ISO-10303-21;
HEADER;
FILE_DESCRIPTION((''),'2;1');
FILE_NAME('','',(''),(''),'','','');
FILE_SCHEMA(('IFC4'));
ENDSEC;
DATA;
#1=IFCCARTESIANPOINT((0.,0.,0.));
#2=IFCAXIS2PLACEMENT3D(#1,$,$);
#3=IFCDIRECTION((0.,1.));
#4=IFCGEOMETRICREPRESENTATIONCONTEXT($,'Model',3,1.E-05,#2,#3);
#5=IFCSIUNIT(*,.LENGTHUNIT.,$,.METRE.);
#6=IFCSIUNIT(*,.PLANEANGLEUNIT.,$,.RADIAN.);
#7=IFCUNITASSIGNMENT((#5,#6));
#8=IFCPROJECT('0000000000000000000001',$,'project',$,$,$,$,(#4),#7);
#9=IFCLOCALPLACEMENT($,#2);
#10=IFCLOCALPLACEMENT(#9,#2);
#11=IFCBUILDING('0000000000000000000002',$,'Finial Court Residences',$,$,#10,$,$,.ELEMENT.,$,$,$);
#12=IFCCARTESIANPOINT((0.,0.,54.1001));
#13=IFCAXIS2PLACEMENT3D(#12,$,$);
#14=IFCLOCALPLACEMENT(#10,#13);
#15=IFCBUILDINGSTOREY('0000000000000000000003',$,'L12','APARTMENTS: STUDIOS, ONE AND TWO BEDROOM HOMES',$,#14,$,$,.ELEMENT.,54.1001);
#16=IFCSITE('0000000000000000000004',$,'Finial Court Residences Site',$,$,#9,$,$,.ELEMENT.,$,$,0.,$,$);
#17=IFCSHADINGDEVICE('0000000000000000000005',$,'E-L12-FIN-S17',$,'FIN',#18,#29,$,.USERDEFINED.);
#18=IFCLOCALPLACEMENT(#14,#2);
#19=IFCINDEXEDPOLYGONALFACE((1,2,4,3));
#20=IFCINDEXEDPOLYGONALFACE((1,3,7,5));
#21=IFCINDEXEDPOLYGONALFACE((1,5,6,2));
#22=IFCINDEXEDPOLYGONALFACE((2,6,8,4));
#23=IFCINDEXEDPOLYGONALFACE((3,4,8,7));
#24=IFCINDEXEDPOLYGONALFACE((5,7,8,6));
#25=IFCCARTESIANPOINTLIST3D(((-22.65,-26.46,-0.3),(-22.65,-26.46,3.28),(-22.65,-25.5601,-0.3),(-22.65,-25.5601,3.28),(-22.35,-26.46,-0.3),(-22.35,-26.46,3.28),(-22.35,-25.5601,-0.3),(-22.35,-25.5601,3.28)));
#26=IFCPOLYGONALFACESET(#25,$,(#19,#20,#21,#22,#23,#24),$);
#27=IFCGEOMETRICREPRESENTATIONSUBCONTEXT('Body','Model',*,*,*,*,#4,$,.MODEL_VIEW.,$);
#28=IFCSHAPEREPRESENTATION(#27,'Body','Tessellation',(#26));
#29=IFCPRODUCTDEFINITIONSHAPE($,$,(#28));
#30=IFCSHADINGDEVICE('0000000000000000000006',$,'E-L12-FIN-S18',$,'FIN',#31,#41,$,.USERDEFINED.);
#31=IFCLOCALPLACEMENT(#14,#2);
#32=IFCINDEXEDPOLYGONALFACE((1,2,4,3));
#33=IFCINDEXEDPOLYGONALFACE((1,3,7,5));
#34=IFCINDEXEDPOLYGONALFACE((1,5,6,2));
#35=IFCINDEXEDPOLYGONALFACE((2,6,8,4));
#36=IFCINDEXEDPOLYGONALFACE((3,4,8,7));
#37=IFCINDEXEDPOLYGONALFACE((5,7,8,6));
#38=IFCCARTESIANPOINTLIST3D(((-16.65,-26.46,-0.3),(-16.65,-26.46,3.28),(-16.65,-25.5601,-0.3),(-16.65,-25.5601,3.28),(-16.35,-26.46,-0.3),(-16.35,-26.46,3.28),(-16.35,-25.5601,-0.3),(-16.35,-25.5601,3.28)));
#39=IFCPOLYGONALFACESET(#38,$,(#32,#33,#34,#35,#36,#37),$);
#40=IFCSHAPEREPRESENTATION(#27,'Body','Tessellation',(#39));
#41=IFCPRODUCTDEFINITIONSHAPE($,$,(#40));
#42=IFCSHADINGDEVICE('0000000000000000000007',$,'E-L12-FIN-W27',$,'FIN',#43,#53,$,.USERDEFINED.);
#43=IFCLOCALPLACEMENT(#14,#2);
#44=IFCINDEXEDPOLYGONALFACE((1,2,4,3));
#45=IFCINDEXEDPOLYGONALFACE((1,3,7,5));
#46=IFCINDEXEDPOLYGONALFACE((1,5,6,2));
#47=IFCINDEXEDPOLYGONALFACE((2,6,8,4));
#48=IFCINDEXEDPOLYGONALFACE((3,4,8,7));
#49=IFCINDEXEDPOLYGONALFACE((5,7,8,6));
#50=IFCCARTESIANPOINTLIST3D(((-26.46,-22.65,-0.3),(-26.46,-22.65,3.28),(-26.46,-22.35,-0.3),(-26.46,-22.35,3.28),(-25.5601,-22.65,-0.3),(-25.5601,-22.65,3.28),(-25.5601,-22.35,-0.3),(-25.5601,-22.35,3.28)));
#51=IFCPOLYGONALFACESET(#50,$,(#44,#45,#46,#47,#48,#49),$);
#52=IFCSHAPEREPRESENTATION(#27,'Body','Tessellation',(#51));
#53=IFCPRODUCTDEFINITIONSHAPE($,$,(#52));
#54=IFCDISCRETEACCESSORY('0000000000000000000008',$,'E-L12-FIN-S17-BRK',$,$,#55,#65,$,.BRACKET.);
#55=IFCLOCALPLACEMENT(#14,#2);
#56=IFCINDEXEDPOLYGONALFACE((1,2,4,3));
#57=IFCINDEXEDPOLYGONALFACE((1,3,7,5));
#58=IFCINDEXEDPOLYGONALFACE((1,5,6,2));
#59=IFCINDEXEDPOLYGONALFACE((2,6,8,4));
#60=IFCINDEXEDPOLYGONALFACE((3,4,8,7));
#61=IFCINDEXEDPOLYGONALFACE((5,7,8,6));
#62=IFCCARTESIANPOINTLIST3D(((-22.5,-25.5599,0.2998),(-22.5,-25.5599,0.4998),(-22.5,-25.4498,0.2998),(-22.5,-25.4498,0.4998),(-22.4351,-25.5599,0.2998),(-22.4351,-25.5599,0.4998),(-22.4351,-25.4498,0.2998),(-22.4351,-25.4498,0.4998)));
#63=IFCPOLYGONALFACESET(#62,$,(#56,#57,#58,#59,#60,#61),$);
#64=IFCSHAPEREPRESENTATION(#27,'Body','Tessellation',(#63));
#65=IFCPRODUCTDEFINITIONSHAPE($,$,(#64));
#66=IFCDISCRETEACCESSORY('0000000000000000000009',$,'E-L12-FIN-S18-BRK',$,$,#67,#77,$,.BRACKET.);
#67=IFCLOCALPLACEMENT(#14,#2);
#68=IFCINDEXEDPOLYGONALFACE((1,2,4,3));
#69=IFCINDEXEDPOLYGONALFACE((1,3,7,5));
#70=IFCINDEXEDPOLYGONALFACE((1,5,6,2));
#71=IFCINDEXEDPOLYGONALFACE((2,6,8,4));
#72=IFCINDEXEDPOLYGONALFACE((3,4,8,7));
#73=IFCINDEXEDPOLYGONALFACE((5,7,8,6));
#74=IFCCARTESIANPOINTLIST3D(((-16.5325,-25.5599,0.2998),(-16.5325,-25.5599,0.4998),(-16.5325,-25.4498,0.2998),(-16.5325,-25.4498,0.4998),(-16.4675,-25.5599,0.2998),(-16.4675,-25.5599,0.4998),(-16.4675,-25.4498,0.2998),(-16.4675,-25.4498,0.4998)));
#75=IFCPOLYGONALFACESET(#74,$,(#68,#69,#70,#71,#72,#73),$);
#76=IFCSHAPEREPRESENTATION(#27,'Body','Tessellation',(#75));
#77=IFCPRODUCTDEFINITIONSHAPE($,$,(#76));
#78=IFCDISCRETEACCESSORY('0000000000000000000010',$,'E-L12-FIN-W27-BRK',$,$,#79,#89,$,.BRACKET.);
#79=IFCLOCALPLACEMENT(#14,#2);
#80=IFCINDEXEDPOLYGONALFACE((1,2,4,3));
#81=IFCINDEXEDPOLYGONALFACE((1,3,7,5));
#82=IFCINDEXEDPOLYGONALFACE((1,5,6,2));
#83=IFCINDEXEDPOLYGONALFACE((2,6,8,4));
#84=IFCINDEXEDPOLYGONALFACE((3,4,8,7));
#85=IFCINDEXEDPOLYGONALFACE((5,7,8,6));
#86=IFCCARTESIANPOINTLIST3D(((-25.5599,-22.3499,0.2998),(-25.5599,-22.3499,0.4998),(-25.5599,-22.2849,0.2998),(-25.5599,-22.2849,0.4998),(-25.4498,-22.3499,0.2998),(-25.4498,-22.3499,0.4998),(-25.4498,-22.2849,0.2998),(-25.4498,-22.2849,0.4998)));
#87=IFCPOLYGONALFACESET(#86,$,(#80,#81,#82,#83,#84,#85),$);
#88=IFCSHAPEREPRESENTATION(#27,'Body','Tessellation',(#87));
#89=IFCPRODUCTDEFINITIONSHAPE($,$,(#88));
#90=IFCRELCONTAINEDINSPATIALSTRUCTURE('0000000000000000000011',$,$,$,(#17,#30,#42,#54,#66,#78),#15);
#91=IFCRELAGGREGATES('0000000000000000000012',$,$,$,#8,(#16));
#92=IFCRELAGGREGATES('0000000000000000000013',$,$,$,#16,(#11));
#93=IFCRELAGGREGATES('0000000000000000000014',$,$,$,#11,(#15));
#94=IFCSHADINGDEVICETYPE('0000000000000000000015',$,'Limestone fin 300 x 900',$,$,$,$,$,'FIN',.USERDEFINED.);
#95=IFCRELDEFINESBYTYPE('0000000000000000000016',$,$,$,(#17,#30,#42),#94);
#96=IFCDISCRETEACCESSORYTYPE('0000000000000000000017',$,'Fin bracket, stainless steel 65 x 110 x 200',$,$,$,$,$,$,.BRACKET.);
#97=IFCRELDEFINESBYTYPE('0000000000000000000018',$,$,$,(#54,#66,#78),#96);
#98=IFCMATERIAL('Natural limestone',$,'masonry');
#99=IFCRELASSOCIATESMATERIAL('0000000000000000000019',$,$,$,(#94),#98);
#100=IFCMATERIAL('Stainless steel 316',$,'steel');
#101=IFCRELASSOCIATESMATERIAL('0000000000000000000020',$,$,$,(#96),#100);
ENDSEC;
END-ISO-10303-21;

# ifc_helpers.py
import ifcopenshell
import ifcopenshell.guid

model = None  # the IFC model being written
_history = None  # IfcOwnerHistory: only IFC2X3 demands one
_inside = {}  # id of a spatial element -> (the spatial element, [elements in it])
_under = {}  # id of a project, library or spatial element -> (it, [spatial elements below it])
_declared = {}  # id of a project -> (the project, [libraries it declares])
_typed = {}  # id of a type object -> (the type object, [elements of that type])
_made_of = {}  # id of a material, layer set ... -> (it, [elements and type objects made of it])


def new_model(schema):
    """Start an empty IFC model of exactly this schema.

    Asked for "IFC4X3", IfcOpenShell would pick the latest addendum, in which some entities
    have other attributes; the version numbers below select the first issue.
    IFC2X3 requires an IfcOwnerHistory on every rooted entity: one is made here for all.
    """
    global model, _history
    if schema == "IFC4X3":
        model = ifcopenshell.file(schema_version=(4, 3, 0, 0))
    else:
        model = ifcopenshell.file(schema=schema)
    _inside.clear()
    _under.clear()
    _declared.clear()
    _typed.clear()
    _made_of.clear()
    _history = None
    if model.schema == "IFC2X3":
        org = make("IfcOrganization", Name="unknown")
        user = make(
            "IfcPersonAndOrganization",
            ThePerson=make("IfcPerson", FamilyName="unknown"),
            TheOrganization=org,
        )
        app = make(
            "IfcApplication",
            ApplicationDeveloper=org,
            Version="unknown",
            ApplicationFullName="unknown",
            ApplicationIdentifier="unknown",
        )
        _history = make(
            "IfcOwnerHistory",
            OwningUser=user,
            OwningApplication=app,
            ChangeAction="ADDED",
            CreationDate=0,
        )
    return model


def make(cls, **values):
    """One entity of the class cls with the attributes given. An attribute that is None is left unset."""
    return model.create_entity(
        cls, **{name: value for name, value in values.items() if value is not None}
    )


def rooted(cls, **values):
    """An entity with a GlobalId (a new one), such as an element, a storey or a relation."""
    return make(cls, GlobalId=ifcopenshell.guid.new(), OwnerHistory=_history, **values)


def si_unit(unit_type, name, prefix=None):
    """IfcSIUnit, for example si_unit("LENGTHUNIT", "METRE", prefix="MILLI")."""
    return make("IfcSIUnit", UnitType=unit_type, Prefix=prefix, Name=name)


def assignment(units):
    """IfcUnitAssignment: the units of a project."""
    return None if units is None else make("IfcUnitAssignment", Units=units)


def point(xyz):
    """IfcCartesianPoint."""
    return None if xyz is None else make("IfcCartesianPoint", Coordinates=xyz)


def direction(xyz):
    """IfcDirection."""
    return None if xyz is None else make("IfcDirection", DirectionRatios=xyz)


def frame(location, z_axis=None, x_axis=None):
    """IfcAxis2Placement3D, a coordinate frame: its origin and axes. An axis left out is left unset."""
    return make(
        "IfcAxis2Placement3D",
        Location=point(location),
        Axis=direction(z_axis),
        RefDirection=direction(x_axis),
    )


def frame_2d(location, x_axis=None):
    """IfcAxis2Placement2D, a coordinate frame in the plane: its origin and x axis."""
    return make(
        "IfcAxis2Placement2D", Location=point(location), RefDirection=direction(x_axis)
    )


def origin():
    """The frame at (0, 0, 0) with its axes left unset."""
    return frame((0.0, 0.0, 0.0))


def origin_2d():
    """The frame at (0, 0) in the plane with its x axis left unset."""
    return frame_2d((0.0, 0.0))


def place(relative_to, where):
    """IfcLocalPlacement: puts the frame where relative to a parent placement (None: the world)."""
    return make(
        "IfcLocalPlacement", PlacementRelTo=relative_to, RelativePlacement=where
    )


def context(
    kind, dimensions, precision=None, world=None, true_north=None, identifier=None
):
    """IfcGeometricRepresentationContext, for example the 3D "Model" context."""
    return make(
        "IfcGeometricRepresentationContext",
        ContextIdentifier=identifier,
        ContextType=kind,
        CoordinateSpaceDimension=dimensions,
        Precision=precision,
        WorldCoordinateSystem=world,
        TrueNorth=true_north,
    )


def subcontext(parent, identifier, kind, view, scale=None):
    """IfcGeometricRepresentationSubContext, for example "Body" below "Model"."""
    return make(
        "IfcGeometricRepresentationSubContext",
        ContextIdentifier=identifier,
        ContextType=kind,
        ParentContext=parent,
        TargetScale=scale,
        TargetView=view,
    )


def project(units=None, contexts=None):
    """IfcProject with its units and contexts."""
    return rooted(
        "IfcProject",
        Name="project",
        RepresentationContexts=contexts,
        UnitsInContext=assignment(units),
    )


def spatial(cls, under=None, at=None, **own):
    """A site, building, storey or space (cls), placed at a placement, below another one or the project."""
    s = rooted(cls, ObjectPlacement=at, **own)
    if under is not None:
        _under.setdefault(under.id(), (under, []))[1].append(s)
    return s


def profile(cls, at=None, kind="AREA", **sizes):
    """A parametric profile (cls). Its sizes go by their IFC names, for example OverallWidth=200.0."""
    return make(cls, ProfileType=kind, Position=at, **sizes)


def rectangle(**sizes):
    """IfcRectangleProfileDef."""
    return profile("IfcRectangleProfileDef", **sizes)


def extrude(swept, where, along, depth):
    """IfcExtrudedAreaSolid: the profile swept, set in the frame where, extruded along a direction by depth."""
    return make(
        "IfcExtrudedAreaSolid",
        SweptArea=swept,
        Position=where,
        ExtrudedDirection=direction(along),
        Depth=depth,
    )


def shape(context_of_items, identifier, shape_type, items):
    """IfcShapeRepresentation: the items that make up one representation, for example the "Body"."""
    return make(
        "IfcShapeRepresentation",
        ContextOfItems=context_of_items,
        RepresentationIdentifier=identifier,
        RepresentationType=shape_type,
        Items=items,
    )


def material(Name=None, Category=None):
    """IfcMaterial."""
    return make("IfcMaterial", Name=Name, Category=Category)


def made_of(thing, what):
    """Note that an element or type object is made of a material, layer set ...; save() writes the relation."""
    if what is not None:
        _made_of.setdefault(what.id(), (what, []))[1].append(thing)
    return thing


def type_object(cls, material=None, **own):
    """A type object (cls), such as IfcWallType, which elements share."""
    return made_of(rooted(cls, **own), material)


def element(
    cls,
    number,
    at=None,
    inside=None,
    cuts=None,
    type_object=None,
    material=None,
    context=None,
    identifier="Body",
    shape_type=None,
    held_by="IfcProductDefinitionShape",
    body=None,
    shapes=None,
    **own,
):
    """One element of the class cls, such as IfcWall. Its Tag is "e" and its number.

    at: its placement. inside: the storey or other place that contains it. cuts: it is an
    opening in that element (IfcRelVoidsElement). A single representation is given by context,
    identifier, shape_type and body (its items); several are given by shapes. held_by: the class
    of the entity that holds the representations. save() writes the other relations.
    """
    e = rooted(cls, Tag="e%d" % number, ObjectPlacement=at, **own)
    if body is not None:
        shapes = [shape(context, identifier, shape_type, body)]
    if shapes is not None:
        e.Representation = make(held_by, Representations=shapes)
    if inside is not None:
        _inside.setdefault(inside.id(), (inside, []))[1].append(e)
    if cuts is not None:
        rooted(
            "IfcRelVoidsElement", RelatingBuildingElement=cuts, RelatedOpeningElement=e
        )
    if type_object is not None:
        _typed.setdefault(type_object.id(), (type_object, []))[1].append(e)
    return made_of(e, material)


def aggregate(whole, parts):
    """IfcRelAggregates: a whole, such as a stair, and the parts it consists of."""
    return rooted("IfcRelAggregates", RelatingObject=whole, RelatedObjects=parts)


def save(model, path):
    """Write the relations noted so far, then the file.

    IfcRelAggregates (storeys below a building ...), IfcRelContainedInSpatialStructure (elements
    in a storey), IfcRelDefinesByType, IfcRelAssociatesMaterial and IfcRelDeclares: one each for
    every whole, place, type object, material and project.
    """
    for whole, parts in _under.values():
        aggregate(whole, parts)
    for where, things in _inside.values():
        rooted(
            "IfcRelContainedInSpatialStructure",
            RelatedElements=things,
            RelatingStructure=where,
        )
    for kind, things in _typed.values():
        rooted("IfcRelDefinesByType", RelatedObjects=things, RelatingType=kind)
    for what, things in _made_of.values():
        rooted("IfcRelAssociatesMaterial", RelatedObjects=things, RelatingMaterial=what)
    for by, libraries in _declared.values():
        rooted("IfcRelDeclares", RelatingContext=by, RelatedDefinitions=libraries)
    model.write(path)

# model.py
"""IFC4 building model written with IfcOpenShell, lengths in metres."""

from ifc_helpers import new_model, si_unit, direction, frame, origin, origin_2d, place, context, subcontext, project, spatial, rectangle, extrude, material, type_object, element, save


model = new_model("IFC4")

# Units and contexts
model_context = context("Model", 3, precision=1e-05, world=origin(), true_north=direction((0.0, 1.0)))
body_context = subcontext(model_context, "Body", "Model", "MODEL_VIEW")
ifc_project = project(units=[si_unit("LENGTHUNIT", "METRE"), si_unit("PLANEANGLEUNIT", "RADIAN")], contexts=[model_context])

# Site, building, storey
site_placement = place(None, origin())
site = spatial("IfcSite", under=ifc_project, at=site_placement, Name="Finial Court Residences Site", CompositionType="ELEMENT", RefElevation=0.0)
building_placement = place(site_placement, origin())
building = spatial("IfcBuilding", under=site, at=building_placement, Name="Finial Court Residences", CompositionType="ELEMENT")
storey_placement = place(building_placement, frame((0.0, 0.0, 54.1001)))
storey = spatial("IfcBuildingStorey", under=building, at=storey_placement, Name="L12", Description="APARTMENTS: STUDIOS, ONE AND TWO BEDROOM HOMES", CompositionType="ELEMENT", Elevation=54.1001)

# Shared definitions
ifc_material_1 = material(Name="Natural limestone", Category="masonry")

# Shading devices
shading_device_type = type_object("IfcShadingDeviceType", Name="Limestone fin 300 x 900", ElementType="FIN", PredefinedType="USERDEFINED", material=ifc_material_1)
for number, where, z_axis, x_axis, name in (
    (1, (-22.5, -26.01, -0.3), (0.0, 0.0, 1.0), (1.0, 0.0, 0.0), "E-L12-FIN-S17"),
    (2, (-16.5, -26.01, -0.3), (0.0, 0.0, 1.0), (1.0, 0.0, 0.0), "E-L12-FIN-S18"),
):
    element("IfcShadingDevice", number, at=place(storey_placement, frame(where, z_axis=z_axis, x_axis=x_axis)), inside=storey, type_object=shading_device_type, Name=name, ObjectType="FIN", PredefinedType="USERDEFINED", context=body_context, shape_type="SweptSolid", body=[
        extrude(rectangle(XDim=0.3, YDim=0.8999, at=origin_2d()), origin(), (0.0, 0.0, 1.0), 3.5801),
    ])
shading_device_placement = place(storey_placement, frame((-26.01, -22.5, -0.3), z_axis=(0.0, 0.0, 1.0), x_axis=(1.0, 0.0, 0.0)))
element("IfcShadingDevice", 3, at=shading_device_placement, inside=storey, type_object=shading_device_type, Name="E-L12-FIN-W27", ObjectType="FIN", PredefinedType="USERDEFINED", context=body_context, shape_type="SweptSolid", body=[
    extrude(rectangle(XDim=0.8999, YDim=0.3, at=origin_2d()), origin(), (0.0, 0.0, 1.0), 3.5801),
])

# Discrete accessories
ifc_material_2 = material(Name="Stainless steel 316", Category="steel")
discrete_accessory_type = type_object("IfcDiscreteAccessoryType", Name="Fin bracket, stainless steel 65 x 110 x 200", PredefinedType="BRACKET", material=ifc_material_2)
for number, where, z_axis, x_axis, name in (
    (4, (-22.4675, -25.5049, 0.2998), (0.0, 0.0, 1.0), (1.0, 0.0, 0.0), "E-L12-FIN-S17-BRK"),
    (5, (-16.5, -25.5049, 0.2998), (0.0, 0.0, 1.0), (1.0, 0.0, 0.0), "E-L12-FIN-S18-BRK"),
):
    element("IfcDiscreteAccessory", number, at=place(storey_placement, frame(where, z_axis=z_axis, x_axis=x_axis)), inside=storey, type_object=discrete_accessory_type, Name=name, PredefinedType="BRACKET", context=body_context, shape_type="SweptSolid", body=[
        extrude(rectangle(XDim=0.0649, YDim=0.1101, at=origin_2d()), origin(), (0.0, 0.0, 1.0), 0.2),
    ])
discrete_accessory_placement = place(storey_placement, frame((-25.5049, -22.3174, 0.2998), z_axis=(0.0, 0.0, 1.0), x_axis=(1.0, 0.0, 0.0)))
element("IfcDiscreteAccessory", 6, at=discrete_accessory_placement, inside=storey, type_object=discrete_accessory_type, Name="E-L12-FIN-W27-BRK", PredefinedType="BRACKET", context=body_context, shape_type="SweptSolid", body=[
    extrude(rectangle(XDim=0.1101, YDim=0.0649, at=origin_2d()), origin(), (0.0, 0.0, 1.0), 0.2),
])

save(model, "model.ifc")
